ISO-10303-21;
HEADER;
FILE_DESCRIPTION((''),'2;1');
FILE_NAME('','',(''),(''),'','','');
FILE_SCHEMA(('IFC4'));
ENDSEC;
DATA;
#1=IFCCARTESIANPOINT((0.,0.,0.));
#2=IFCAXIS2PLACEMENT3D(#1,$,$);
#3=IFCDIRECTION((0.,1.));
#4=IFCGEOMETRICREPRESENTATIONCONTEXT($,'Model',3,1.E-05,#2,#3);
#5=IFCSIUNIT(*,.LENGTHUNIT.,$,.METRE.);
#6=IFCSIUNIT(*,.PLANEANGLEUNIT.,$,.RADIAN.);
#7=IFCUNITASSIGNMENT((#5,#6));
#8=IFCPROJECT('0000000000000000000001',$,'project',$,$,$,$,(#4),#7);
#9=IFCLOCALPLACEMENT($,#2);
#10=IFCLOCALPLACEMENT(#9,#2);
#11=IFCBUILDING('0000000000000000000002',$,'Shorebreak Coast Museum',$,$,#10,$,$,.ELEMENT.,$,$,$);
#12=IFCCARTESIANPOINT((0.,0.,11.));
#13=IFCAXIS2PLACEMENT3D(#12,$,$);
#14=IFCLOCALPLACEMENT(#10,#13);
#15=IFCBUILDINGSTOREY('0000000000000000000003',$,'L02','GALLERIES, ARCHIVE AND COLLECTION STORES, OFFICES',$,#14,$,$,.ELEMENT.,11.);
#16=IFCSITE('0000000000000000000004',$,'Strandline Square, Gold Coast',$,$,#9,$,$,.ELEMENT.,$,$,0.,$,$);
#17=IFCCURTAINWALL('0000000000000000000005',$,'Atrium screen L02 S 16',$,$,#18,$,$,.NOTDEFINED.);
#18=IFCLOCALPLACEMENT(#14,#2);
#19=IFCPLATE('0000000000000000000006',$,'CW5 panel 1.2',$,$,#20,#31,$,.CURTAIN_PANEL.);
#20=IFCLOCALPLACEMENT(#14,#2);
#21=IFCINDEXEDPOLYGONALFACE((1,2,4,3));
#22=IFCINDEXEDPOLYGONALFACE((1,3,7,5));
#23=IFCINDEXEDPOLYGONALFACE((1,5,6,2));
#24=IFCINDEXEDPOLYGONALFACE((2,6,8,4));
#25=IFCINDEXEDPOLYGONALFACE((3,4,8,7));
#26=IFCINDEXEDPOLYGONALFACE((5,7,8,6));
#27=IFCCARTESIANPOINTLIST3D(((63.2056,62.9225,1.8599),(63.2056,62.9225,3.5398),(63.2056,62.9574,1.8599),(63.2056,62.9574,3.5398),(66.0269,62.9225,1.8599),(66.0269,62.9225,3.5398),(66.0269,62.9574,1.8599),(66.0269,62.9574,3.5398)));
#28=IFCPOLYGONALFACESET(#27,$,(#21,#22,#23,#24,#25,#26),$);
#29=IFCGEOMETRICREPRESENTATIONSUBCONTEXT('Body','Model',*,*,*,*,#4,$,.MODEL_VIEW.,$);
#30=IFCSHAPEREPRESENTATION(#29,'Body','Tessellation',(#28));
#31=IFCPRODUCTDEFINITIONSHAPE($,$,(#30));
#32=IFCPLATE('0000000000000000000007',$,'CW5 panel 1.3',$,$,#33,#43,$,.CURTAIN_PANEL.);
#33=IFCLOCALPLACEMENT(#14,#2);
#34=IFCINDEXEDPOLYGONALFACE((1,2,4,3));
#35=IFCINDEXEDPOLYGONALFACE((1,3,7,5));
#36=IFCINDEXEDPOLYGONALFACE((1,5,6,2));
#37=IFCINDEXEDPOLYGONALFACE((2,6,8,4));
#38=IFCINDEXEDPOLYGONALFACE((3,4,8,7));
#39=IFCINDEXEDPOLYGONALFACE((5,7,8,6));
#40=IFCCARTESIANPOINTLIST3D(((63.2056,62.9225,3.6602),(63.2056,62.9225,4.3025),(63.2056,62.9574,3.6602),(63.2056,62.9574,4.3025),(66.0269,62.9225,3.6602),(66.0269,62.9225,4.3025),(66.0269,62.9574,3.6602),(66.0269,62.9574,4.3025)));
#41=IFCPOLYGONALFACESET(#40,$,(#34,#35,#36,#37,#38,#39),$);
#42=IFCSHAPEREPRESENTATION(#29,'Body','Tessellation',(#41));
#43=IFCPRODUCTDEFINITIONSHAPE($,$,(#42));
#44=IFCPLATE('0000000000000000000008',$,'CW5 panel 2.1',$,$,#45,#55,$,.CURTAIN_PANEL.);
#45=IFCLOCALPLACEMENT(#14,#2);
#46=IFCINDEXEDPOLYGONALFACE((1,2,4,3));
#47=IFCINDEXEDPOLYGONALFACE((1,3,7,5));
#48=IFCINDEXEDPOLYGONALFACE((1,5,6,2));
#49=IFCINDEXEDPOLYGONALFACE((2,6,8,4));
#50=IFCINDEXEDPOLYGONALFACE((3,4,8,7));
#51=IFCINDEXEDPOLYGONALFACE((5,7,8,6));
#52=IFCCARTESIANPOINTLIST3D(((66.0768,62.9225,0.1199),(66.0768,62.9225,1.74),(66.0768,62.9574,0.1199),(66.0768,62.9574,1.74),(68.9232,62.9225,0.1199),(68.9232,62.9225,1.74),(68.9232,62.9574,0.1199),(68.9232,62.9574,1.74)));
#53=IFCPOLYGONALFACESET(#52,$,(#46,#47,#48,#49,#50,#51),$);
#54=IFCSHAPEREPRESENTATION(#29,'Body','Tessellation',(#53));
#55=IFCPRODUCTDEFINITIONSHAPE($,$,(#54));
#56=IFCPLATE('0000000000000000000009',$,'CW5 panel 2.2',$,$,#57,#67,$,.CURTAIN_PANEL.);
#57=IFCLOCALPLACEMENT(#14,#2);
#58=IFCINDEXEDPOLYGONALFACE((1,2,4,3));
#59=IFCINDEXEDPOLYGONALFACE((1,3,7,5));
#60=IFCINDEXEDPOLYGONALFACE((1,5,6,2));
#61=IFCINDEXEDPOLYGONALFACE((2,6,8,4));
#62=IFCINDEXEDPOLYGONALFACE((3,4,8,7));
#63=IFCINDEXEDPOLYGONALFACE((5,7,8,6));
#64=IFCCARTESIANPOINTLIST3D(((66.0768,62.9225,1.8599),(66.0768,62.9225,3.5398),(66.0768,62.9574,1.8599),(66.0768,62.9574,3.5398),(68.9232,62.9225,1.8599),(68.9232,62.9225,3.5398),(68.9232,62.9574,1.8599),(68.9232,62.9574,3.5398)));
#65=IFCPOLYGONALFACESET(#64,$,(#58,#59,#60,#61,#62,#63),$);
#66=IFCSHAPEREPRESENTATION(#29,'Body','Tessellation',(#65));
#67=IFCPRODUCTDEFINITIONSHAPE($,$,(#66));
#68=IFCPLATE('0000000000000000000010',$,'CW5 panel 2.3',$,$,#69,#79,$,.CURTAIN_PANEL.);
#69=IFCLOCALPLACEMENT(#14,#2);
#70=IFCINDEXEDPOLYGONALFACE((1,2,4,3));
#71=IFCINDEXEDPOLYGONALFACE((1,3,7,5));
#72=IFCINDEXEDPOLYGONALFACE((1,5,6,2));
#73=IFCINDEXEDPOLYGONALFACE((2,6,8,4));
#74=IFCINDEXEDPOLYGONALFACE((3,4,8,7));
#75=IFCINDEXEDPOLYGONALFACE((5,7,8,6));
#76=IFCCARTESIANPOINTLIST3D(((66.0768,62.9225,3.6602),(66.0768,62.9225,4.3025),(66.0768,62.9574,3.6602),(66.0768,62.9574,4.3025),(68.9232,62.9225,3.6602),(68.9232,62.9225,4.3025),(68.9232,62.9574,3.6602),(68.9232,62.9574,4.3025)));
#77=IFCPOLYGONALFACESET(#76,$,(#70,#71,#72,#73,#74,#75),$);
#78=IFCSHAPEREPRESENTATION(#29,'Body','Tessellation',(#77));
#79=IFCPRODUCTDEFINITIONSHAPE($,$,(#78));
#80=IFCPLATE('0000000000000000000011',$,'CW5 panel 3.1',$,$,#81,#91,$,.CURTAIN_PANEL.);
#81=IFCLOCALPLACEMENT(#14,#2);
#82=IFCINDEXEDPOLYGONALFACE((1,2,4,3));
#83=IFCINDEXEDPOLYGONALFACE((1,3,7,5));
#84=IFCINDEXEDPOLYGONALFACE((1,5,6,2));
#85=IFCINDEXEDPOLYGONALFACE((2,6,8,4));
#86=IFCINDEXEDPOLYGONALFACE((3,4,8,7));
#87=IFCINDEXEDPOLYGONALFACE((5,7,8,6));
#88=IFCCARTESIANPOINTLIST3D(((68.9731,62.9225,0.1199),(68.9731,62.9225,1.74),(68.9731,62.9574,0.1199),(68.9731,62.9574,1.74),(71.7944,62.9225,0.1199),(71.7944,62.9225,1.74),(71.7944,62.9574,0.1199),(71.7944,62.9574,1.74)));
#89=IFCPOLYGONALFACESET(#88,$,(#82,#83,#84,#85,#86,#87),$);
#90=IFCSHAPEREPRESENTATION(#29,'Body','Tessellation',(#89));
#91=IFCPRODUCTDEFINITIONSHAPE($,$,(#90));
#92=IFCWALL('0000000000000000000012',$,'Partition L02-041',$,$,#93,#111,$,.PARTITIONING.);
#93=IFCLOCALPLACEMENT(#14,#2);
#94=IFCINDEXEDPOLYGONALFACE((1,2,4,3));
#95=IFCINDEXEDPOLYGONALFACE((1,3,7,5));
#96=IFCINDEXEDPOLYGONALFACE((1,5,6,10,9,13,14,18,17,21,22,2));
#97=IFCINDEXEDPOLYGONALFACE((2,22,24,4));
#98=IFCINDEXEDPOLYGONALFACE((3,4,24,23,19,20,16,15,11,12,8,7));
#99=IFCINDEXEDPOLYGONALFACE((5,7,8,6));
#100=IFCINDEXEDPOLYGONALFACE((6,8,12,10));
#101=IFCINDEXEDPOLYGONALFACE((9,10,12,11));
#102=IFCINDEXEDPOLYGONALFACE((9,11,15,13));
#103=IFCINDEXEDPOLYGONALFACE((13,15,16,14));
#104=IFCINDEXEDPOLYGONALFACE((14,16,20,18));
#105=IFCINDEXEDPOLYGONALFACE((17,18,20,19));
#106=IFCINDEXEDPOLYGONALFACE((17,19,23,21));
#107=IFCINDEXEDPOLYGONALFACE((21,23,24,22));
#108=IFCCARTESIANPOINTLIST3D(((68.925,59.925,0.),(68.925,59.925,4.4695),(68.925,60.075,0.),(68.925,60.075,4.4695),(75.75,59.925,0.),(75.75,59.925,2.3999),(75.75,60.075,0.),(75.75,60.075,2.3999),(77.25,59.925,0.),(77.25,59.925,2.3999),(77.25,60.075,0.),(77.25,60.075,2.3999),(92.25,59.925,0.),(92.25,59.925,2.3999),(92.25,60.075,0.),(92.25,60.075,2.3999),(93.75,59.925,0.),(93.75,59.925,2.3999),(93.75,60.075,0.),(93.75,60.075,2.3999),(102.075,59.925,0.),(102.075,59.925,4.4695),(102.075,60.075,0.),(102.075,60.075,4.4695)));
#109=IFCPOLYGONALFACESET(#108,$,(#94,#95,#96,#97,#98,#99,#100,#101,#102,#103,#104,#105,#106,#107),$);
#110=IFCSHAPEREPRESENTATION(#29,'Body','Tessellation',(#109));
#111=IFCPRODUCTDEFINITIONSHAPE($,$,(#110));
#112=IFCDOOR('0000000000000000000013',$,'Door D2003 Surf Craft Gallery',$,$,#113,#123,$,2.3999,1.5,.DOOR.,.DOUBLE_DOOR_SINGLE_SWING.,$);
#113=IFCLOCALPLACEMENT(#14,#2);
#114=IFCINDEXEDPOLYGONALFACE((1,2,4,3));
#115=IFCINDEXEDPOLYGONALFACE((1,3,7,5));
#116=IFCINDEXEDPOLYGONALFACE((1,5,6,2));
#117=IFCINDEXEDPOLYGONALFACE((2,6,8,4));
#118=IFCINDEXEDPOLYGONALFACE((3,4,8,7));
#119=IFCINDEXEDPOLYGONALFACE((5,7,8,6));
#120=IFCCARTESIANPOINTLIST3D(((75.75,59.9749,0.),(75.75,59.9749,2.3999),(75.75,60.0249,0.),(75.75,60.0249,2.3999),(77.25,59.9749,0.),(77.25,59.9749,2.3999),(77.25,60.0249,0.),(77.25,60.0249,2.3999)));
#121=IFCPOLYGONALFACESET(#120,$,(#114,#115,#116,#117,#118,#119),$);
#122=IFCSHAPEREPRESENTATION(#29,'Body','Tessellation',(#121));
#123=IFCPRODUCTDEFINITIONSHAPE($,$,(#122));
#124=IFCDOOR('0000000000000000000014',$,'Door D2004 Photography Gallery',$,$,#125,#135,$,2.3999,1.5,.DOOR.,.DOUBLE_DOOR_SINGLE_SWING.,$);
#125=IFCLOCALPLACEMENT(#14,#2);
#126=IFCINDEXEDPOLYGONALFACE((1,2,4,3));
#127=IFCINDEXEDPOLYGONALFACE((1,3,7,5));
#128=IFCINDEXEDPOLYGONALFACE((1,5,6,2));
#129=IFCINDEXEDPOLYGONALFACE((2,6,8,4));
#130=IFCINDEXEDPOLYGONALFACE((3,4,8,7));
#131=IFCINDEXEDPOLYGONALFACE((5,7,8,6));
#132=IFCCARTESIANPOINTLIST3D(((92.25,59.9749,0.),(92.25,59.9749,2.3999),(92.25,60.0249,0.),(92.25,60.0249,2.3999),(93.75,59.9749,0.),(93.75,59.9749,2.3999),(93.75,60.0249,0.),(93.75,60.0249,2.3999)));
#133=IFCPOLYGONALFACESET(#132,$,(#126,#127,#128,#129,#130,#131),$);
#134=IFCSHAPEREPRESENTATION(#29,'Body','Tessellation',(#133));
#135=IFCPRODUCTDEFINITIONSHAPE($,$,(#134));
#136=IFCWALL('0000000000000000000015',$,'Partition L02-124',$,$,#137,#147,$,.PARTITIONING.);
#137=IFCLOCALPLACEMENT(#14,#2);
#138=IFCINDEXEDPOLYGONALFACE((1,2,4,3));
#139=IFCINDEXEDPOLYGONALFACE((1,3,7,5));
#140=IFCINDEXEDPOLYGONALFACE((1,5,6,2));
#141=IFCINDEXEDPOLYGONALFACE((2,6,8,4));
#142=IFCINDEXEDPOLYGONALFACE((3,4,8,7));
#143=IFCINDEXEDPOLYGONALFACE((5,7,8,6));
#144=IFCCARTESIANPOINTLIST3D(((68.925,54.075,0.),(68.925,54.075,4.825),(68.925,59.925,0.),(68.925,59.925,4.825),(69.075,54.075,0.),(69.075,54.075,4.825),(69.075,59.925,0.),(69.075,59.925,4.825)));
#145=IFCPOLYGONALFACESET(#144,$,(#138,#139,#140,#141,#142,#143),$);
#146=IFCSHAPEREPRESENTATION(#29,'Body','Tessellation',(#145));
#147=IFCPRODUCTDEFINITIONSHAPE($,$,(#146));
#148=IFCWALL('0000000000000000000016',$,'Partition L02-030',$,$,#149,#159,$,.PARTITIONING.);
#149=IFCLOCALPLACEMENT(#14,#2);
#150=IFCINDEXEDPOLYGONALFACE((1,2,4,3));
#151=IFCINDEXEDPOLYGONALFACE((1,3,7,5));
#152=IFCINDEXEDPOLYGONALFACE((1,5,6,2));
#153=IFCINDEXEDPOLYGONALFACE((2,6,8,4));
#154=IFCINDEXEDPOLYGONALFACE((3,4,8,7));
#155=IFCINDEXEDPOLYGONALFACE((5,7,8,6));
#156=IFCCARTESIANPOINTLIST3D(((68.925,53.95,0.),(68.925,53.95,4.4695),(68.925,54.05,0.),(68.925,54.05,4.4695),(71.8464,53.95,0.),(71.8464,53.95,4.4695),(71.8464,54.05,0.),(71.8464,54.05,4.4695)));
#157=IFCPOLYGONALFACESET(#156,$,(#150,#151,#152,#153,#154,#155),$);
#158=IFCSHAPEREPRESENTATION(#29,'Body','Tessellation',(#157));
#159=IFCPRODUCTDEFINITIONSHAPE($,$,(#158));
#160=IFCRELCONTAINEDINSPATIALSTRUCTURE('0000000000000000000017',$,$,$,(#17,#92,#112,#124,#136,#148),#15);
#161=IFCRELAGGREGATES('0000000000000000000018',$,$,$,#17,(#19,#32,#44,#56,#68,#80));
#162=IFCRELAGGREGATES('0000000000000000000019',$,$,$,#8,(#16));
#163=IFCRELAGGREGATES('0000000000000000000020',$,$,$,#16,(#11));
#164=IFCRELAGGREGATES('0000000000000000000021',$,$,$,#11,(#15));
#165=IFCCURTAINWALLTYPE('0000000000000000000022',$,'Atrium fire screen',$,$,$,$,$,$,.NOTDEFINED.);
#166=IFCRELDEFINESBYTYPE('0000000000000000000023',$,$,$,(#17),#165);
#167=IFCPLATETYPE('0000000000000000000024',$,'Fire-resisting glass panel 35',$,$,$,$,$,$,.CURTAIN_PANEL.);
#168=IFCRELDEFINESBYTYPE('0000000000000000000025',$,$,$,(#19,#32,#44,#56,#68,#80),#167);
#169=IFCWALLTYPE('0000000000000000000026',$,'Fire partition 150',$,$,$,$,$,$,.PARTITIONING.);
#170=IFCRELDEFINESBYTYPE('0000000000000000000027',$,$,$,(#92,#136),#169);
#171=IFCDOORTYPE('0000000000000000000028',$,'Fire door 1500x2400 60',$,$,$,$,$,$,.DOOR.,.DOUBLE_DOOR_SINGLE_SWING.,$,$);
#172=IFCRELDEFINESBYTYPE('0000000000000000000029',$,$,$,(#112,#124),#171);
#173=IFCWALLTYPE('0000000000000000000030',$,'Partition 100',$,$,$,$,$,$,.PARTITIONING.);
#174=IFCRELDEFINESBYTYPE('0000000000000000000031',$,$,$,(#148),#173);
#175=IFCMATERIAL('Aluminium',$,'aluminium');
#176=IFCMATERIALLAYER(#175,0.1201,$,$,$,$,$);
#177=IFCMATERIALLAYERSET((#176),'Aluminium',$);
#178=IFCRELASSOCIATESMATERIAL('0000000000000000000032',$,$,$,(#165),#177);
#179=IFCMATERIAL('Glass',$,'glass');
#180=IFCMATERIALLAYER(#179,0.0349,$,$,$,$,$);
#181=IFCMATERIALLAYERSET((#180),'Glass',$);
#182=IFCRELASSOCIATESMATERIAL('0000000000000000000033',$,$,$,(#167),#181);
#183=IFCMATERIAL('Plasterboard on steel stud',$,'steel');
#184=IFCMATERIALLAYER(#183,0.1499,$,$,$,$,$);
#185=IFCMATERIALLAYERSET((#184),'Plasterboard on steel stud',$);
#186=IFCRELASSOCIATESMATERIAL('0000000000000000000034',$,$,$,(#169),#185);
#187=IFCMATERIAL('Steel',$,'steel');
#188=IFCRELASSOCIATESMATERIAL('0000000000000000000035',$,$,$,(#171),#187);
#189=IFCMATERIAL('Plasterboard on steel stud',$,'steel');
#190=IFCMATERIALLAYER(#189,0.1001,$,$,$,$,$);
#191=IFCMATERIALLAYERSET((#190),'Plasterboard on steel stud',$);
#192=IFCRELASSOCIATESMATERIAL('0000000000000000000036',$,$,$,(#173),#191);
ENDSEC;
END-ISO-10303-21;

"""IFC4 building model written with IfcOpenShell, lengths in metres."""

from ifc_helpers import new_model, si_unit, direction, frame, frame_2d, origin, origin_2d, place, context, subcontext, project, spatial, rectangle, extrude, material, layer, layer_set, type_object, element, fill, aggregate, save


model = new_model("IFC4")

# Units and contexts
model_context = context("Model", 3, precision=1e-05, world=origin(), true_north=direction((0.0, 1.0)))
body_context = subcontext(model_context, "Body", "Model", "MODEL_VIEW")
ifc_project = project(units=[si_unit("LENGTHUNIT", "METRE"), si_unit("PLANEANGLEUNIT", "RADIAN")], contexts=[model_context])

# Site, building, storey
site_placement = place(None, origin())
site = spatial("IfcSite", under=ifc_project, at=site_placement, Name="Strandline Square, Gold Coast", CompositionType="ELEMENT", RefElevation=0.0)
building_placement = place(site_placement, origin())
building = spatial("IfcBuilding", under=site, at=building_placement, Name="Shorebreak Coast Museum", CompositionType="ELEMENT")
storey_placement = place(building_placement, frame((0.0, 0.0, 11.0)))
storey = spatial("IfcBuildingStorey", under=building, at=storey_placement, Name="L02", Description="GALLERIES, ARCHIVE AND COLLECTION STORES, OFFICES", CompositionType="ELEMENT", Elevation=11.0)

# Curtain wall, plates
ifc_material_1 = material(Name="Aluminium", Category="aluminium")
ifc_layer_1 = layer(ifc_material_1, 0.1201)
ifc_layer_set_1 = layer_set([ifc_layer_1], Name="Aluminium")
curtain_wall_type = type_object("IfcCurtainWallType", Name="Atrium fire screen", PredefinedType="NOTDEFINED", material=ifc_layer_set_1)
curtain_wall_placement = place(storey_placement, origin())
curtain_wall = element("IfcCurtainWall", 1, at=curtain_wall_placement, inside=storey, type_object=curtain_wall_type, Name="Atrium screen L02 S 16", PredefinedType="NOTDEFINED")
ifc_material_2 = material(Name="Glass", Category="glass")
ifc_layer_2 = layer(ifc_material_2, 0.0349)
ifc_layer_set_2 = layer_set([ifc_layer_2], Name="Glass")
plate_type = type_object("IfcPlateType", Name="Fire-resisting glass panel 35", PredefinedType="CURTAIN_PANEL", material=ifc_layer_set_2)
plate_1_placement = place(storey_placement, frame((64.6162, 62.9399, 1.8599), z_axis=(0.0, 0.0, 1.0), x_axis=(1.0, 0.0, 0.0)))
plate_1 = element("IfcPlate", 2, at=plate_1_placement, type_object=plate_type, Name="CW5 panel 1.2", PredefinedType="CURTAIN_PANEL", context=body_context, shape_type="SweptSolid", body=[
    extrude(rectangle(XDim=2.8213, YDim=0.0349, at=origin_2d()), origin(), (0.0, 0.0, 1.0), 1.6799),
])
plate_2_placement = place(storey_placement, frame((64.6162, 62.9399, 3.6602), z_axis=(0.0, 0.0, 1.0), x_axis=(1.0, 0.0, 0.0)))
plate_2 = element("IfcPlate", 3, at=plate_2_placement, type_object=plate_type, Name="CW5 panel 1.3", PredefinedType="CURTAIN_PANEL", context=body_context, shape_type="SweptSolid", body=[
    extrude(rectangle(XDim=2.8213, YDim=0.0349, at=origin_2d()), origin(), (0.0, 0.0, 1.0), 0.6423),
])
plate_3_placement = place(storey_placement, frame((67.5, 62.9399, 0.1199), z_axis=(0.0, 0.0, 1.0), x_axis=(1.0, 0.0, 0.0)))
plate_3 = element("IfcPlate", 4, at=plate_3_placement, type_object=plate_type, Name="CW5 panel 2.1", PredefinedType="CURTAIN_PANEL", context=body_context, shape_type="SweptSolid", body=[
    extrude(rectangle(XDim=2.8464, YDim=0.0349, at=origin_2d()), origin(), (0.0, 0.0, 1.0), 1.6201),
])
plate_4_placement = place(storey_placement, frame((67.5, 62.9399, 1.8599), z_axis=(0.0, 0.0, 1.0), x_axis=(1.0, 0.0, 0.0)))
plate_4 = element("IfcPlate", 5, at=plate_4_placement, type_object=plate_type, Name="CW5 panel 2.2", PredefinedType="CURTAIN_PANEL", context=body_context, shape_type="SweptSolid", body=[
    extrude(rectangle(XDim=2.8464, YDim=0.0349, at=origin_2d()), origin(), (0.0, 0.0, 1.0), 1.6799),
])
plate_5_placement = place(storey_placement, frame((67.5, 62.9399, 3.6602), z_axis=(0.0, 0.0, 1.0), x_axis=(1.0, 0.0, 0.0)))
plate_5 = element("IfcPlate", 6, at=plate_5_placement, type_object=plate_type, Name="CW5 panel 2.3", PredefinedType="CURTAIN_PANEL", context=body_context, shape_type="SweptSolid", body=[
    extrude(rectangle(XDim=2.8464, YDim=0.0349, at=origin_2d()), origin(), (0.0, 0.0, 1.0), 0.6423),
])
plate_6_placement = place(storey_placement, frame((70.3838, 62.9399, 0.1199), z_axis=(0.0, 0.0, 1.0), x_axis=(1.0, 0.0, 0.0)))
plate_6 = element("IfcPlate", 7, at=plate_6_placement, type_object=plate_type, Name="CW5 panel 3.1", PredefinedType="CURTAIN_PANEL", context=body_context, shape_type="SweptSolid", body=[
    extrude(rectangle(XDim=2.8213, YDim=0.0349, at=origin_2d()), origin(), (0.0, 0.0, 1.0), 1.6201),
])
aggregate(curtain_wall, [plate_1, plate_2, plate_3, plate_4, plate_5, plate_6])

# Wall, openings, doors
ifc_material_3 = material(Name="Plasterboard on steel stud", Category="steel")
ifc_layer_3 = layer(ifc_material_3, 0.1499)
ifc_layer_set_3 = layer_set([ifc_layer_3], Name="Plasterboard on steel stud")
wall_type_1 = type_object("IfcWallType", Name="Fire partition 150", PredefinedType="PARTITIONING", material=ifc_layer_set_3)
wall_1_placement = place(storey_placement, frame((68.925, 60.0, 0.0), z_axis=(0.0, 0.0, 1.0), x_axis=(1.0, 0.0, 0.0)))
wall_1 = element("IfcWall", 8, at=wall_1_placement, inside=storey, type_object=wall_type_1, Name="Partition L02-041", PredefinedType="PARTITIONING", context=body_context, shape_type="SweptSolid", body=[
    extrude(rectangle(XDim=33.1499, YDim=0.1499, at=frame_2d((16.575, 0.0))), origin(), (0.0, 0.0, 1.0), 4.4695),
])
opening_1_placement = place(wall_1_placement, frame((6.825, 0.0, 0.0)))
opening_1 = element("IfcOpeningElement", 9, at=opening_1_placement, cuts=wall_1, PredefinedType="OPENING", context=body_context, shape_type="SweptSolid", body=[
    extrude(rectangle(XDim=1.5, YDim=2.3999, at=frame_2d((0.75, 1.2))), frame((0.0, 0.085, 0.0), z_axis=(0.0, -1.0, 0.0), x_axis=(1.0, 0.0, 0.0)), (0.0, 0.0, 1.0), 0.1699),
])
opening_2_placement = place(wall_1_placement, frame((23.325, 0.0, 0.0)))
opening_2 = element("IfcOpeningElement", 10, at=opening_2_placement, cuts=wall_1, PredefinedType="OPENING", context=body_context, shape_type="SweptSolid", body=[
    extrude(rectangle(XDim=1.5, YDim=2.3999, at=frame_2d((0.75, 1.2))), frame((0.0, 0.085, 0.0), z_axis=(0.0, -1.0, 0.0), x_axis=(1.0, 0.0, 0.0)), (0.0, 0.0, 1.0), 0.1699),
])
ifc_material_4 = material(Name="Steel", Category="steel")
door_type = type_object("IfcDoorType", Name="Fire door 1500x2400 60", OperationType="DOUBLE_DOOR_SINGLE_SWING", PredefinedType="DOOR", material=ifc_material_4)
door_1_placement = place(opening_1_placement, origin())
door_1 = element("IfcDoor", 11, at=door_1_placement, inside=storey, type_object=door_type, Name="Door D2003 Surf Craft Gallery", OperationType="DOUBLE_DOOR_SINGLE_SWING", OverallHeight=2.3999, OverallWidth=1.5, PredefinedType="DOOR", context=body_context, shape_type="SweptSolid", body=[
    extrude(rectangle(XDim=1.5, YDim=2.3999, at=frame_2d((0.75, 1.2))), frame((0.0, 0.0249, 0.0), z_axis=(0.0, -1.0, 0.0), x_axis=(1.0, 0.0, 0.0)), (0.0, 0.0, 1.0), 0.05),
])
fill(opening_1, door_1)
door_2_placement = place(opening_2_placement, origin())
door_2 = element("IfcDoor", 12, at=door_2_placement, inside=storey, type_object=door_type, Name="Door D2004 Photography Gallery", OperationType="DOUBLE_DOOR_SINGLE_SWING", OverallHeight=2.3999, OverallWidth=1.5, PredefinedType="DOOR", context=body_context, shape_type="SweptSolid", body=[
    extrude(rectangle(XDim=1.5, YDim=2.3999, at=frame_2d((0.75, 1.2))), frame((0.0, 0.0249, 0.0), z_axis=(0.0, -1.0, 0.0), x_axis=(1.0, 0.0, 0.0)), (0.0, 0.0, 1.0), 0.05),
])
fill(opening_2, door_2)

# Walls
wall_2_placement = place(storey_placement, frame((69.0, 54.075, 0.0), z_axis=(0.0, 0.0, 1.0), x_axis=(0.0, 1.0, 0.0)))
element("IfcWall", 13, at=wall_2_placement, inside=storey, type_object=wall_type_1, Name="Partition L02-124", PredefinedType="PARTITIONING", context=body_context, shape_type="SweptSolid", body=[
    extrude(rectangle(XDim=5.8501, YDim=0.1499, at=frame_2d((2.925, 0.0))), origin(), (0.0, 0.0, 1.0), 4.825),
])
ifc_material_5 = material(Name="Plasterboard on steel stud", Category="steel")
ifc_layer_4 = layer(ifc_material_5, 0.1001)
ifc_layer_set_4 = layer_set([ifc_layer_4], Name="Plasterboard on steel stud")
wall_type_2 = type_object("IfcWallType", Name="Partition 100", PredefinedType="PARTITIONING", material=ifc_layer_set_4)
wall_3_placement = place(storey_placement, frame((68.925, 54.0, 0.0), z_axis=(0.0, 0.0, 1.0), x_axis=(1.0, 0.0, 0.0)))
element("IfcWall", 14, at=wall_3_placement, inside=storey, type_object=wall_type_2, Name="Partition L02-030", PredefinedType="PARTITIONING", context=body_context, shape_type="SweptSolid", body=[
    extrude(rectangle(XDim=2.9214, YDim=0.1001, at=frame_2d((1.4607, 0.0))), origin(), (0.0, 0.0, 1.0), 4.4695),
])

save(model, "model.ifc")
